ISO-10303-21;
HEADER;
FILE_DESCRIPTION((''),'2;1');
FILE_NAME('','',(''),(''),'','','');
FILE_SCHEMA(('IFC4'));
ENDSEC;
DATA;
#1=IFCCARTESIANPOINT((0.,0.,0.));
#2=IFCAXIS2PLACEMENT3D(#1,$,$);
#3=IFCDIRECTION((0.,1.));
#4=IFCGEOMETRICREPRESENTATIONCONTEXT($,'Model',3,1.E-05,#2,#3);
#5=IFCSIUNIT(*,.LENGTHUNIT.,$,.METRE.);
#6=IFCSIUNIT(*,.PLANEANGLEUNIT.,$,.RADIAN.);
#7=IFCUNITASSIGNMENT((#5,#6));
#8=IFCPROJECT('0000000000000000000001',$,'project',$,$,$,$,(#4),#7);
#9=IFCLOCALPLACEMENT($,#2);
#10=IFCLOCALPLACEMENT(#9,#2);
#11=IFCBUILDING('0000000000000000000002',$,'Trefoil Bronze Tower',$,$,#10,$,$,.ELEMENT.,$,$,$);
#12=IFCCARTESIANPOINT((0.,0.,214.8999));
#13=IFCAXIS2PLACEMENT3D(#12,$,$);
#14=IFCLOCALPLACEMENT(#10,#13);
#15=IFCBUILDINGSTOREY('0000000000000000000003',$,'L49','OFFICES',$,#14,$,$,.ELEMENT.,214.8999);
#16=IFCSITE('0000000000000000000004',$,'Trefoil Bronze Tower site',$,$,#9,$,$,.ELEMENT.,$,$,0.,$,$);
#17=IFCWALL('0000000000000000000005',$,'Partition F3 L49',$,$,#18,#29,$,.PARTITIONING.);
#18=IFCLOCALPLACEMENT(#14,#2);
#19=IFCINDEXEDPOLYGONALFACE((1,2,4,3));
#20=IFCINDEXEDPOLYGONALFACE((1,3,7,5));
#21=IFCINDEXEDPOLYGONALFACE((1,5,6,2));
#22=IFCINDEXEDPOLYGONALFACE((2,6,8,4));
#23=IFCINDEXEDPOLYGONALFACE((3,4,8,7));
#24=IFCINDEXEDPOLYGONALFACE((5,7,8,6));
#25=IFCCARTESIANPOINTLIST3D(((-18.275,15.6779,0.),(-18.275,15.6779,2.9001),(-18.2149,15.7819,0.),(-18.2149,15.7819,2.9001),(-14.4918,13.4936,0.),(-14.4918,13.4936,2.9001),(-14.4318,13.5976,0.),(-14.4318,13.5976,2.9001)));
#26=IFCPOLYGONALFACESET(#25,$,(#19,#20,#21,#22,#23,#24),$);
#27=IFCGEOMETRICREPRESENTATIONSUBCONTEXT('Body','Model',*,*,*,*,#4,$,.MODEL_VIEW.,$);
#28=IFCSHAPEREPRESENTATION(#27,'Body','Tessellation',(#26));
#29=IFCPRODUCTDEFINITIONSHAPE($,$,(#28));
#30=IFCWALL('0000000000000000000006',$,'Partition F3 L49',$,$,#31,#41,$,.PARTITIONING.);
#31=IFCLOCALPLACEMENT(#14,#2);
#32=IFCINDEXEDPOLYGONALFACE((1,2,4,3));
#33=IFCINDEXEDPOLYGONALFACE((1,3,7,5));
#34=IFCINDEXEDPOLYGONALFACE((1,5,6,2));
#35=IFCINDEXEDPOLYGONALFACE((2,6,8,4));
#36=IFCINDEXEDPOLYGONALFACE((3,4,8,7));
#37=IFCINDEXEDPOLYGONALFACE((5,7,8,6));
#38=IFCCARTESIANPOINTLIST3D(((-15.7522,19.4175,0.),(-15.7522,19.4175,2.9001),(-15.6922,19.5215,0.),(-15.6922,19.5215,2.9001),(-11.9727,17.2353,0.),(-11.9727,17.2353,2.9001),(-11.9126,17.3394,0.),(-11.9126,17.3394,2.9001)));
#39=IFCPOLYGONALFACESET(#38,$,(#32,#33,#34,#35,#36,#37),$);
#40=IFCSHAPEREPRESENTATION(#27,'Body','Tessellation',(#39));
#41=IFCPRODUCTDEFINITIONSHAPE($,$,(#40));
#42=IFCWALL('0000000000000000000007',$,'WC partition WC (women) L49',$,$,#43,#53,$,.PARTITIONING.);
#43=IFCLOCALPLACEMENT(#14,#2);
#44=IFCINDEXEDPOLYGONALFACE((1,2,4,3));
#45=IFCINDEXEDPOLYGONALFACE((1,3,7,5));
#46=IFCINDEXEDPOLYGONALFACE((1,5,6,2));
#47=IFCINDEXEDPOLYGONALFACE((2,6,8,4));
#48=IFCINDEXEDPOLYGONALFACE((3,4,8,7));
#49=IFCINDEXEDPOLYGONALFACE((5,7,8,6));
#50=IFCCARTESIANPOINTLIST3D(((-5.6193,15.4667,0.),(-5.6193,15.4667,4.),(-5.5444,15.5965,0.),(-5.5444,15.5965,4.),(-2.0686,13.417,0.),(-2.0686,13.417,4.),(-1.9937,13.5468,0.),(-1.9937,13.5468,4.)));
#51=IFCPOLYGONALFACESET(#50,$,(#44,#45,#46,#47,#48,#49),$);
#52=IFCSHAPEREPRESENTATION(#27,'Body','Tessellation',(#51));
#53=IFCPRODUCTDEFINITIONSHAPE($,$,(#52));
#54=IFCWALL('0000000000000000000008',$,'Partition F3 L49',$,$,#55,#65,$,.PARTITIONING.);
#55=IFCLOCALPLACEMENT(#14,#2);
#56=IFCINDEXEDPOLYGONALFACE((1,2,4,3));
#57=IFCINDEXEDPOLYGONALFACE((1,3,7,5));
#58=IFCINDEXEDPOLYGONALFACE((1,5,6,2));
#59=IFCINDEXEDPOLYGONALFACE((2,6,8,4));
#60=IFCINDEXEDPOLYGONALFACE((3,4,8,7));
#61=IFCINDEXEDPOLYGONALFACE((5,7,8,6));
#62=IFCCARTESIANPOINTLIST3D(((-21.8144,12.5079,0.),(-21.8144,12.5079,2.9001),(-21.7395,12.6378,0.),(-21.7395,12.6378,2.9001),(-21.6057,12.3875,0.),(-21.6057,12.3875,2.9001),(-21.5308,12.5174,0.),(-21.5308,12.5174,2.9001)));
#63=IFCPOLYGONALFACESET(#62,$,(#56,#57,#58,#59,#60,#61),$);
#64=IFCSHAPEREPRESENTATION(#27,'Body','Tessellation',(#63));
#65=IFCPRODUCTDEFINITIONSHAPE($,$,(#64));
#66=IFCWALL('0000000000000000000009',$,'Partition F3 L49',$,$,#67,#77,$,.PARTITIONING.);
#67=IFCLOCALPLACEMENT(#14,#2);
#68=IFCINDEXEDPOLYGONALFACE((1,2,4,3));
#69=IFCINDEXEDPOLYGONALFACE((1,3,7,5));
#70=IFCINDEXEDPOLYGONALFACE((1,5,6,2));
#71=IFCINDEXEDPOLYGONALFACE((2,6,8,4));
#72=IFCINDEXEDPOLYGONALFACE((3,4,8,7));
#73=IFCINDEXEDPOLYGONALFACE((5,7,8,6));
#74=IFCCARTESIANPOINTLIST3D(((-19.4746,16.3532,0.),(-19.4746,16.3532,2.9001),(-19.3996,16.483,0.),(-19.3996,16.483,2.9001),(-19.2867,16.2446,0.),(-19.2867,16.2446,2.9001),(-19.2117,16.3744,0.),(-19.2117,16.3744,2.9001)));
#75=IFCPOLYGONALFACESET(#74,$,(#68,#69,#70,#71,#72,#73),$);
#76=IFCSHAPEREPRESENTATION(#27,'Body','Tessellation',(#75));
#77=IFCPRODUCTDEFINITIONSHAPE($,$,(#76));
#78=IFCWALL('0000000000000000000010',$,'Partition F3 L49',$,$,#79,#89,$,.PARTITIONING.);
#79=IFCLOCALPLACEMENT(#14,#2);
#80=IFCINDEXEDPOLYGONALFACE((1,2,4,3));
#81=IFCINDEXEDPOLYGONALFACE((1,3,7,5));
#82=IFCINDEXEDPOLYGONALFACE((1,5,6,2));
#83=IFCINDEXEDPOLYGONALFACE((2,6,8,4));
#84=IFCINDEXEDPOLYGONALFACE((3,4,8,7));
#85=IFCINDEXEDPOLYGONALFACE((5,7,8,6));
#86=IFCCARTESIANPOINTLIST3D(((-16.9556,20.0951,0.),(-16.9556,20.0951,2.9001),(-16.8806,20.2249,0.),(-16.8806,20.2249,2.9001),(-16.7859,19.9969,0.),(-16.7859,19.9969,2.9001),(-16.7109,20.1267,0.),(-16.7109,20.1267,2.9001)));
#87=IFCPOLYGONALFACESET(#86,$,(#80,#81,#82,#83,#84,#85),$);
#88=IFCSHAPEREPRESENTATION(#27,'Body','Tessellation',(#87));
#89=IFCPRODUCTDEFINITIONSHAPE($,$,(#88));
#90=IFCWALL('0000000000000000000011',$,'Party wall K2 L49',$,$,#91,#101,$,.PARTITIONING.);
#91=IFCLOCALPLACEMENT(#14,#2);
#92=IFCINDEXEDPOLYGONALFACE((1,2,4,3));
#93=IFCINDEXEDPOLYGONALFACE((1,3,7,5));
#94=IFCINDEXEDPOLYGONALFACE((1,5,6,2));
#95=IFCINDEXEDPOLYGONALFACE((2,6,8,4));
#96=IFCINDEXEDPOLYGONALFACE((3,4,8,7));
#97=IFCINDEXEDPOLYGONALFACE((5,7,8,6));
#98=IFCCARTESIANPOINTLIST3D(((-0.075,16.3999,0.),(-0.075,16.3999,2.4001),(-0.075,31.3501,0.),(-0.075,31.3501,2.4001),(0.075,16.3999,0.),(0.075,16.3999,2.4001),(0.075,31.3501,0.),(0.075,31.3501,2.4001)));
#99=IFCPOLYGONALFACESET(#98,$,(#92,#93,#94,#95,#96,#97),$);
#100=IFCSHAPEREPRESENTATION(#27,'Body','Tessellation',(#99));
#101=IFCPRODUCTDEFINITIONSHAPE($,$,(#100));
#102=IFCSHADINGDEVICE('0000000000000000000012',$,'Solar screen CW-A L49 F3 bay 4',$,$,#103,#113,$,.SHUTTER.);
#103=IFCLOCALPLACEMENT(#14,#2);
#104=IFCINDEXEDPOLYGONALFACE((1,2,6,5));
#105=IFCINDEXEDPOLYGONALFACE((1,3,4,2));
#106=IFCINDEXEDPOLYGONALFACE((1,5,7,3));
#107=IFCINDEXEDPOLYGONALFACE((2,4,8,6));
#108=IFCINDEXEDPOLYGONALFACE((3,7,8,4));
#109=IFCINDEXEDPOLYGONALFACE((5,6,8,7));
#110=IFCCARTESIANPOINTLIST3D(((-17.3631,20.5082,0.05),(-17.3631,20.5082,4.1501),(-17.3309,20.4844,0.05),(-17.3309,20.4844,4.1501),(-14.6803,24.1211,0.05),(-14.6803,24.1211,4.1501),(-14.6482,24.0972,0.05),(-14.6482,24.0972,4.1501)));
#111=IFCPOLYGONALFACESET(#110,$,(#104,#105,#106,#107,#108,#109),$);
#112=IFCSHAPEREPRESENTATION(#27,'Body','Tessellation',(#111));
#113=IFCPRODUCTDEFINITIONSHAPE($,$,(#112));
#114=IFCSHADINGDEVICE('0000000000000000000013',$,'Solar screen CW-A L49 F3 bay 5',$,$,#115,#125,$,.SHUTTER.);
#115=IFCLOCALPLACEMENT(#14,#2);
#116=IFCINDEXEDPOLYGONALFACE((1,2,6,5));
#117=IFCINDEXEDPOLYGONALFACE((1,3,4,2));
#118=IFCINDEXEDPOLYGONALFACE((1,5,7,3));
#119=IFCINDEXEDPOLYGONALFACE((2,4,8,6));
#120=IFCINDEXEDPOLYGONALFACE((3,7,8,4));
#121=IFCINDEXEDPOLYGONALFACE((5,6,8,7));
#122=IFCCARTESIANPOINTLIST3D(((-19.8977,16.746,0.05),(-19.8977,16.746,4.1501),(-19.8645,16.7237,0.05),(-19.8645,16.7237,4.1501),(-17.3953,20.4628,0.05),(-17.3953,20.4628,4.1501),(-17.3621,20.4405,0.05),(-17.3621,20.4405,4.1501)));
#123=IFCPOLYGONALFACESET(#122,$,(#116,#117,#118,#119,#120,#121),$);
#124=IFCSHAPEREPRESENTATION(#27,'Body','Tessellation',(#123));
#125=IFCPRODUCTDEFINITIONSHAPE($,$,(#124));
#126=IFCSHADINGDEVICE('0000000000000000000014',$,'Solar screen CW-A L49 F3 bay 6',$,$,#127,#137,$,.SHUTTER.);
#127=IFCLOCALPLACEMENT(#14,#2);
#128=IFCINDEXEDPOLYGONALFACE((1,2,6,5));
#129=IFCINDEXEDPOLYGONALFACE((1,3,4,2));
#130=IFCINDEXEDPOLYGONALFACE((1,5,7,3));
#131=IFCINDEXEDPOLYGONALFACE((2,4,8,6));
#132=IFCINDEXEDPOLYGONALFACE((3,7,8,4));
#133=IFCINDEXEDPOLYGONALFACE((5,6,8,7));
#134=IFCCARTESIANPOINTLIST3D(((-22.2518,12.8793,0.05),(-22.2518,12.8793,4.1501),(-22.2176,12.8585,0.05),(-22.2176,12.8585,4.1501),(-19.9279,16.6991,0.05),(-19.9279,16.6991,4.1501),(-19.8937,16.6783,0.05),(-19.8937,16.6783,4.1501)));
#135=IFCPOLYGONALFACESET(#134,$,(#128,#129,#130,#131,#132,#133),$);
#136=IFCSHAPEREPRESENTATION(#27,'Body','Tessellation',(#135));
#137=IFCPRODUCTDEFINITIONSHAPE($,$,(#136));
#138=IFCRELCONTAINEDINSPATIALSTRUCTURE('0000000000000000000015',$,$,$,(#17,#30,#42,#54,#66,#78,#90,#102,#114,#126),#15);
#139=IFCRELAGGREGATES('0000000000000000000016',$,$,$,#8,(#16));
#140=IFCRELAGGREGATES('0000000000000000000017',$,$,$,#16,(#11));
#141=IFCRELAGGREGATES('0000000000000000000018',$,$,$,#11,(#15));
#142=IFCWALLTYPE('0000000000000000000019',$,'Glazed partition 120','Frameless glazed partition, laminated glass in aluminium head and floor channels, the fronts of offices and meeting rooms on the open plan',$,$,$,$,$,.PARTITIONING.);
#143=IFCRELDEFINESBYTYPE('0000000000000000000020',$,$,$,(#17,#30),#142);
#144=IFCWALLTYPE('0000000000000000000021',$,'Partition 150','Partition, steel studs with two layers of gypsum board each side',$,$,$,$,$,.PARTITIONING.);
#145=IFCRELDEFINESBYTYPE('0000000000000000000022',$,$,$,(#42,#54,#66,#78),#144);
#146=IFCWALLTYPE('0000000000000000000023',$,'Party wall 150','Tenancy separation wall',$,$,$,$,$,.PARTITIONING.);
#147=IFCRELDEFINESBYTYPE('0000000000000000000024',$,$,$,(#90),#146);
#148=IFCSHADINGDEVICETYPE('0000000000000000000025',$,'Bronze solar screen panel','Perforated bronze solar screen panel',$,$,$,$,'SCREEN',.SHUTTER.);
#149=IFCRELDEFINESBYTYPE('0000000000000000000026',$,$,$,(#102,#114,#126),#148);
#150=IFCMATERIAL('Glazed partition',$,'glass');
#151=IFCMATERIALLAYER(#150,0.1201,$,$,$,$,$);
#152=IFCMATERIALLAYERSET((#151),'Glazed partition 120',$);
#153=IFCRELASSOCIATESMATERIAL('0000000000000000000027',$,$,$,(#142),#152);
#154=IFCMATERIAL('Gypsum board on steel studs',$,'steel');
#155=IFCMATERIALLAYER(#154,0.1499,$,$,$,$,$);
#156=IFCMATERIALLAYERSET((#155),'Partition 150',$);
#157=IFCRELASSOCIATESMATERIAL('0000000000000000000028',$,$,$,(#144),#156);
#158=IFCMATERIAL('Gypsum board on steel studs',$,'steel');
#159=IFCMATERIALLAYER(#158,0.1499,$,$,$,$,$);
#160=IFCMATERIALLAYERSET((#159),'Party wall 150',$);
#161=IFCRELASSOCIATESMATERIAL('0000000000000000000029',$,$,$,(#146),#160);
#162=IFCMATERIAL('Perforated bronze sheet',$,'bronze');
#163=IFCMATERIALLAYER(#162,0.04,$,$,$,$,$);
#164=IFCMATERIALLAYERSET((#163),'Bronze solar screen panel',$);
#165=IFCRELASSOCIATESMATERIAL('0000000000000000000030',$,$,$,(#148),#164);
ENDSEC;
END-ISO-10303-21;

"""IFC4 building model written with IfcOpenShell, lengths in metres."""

from ifc_helpers import new_model, si_unit, direction, frame, frame_2d, origin, origin_2d, place, context, subcontext, project, spatial, rectangle, extrude, material, layer, layer_set, type_object, element, save


model = new_model("IFC4")

# Units and contexts
model_context = context("Model", 3, precision=1e-05, world=origin(), true_north=direction((0.0, 1.0)))
body_context = subcontext(model_context, "Body", "Model", "MODEL_VIEW")
ifc_project = project(units=[si_unit("LENGTHUNIT", "METRE"), si_unit("PLANEANGLEUNIT", "RADIAN")], contexts=[model_context])

# Site, building, storey
site_placement = place(None, origin())
site = spatial("IfcSite", under=ifc_project, at=site_placement, Name="Trefoil Bronze Tower site", CompositionType="ELEMENT", RefElevation=0.0)
building_placement = place(site_placement, origin())
building = spatial("IfcBuilding", under=site, at=building_placement, Name="Trefoil Bronze Tower", CompositionType="ELEMENT")
storey_placement = place(building_placement, frame((0.0, 0.0, 214.8999)))
storey = spatial("IfcBuildingStorey", under=building, at=storey_placement, Name="L49", Description="OFFICES", CompositionType="ELEMENT", Elevation=214.8999)

# Shared definitions
ifc_material_1 = material(Name="Glazed partition", Category="glass")
ifc_layer_1 = layer(ifc_material_1, 0.1201)
ifc_layer_set_1 = layer_set([ifc_layer_1], Name="Glazed partition 120")
wall_type_1 = type_object("IfcWallType", Name="Glazed partition 120", Description="Frameless glazed partition, laminated glass in aluminium head and floor channels, the fronts of offices and meeting rooms on the open plan", PredefinedType="PARTITIONING", material=ifc_layer_set_1)

# Walls
wall_1_placement = place(storey_placement, frame((-14.4619, 13.5457, 0.0), z_axis=(0.0, 0.0, 1.0), x_axis=(-0.866016, 0.500016, 0.0)))
element("IfcWall", 1, at=wall_1_placement, inside=storey, type_object=wall_type_1, Name="Partition F3 L49", PredefinedType="PARTITIONING", context=body_context, shape_type="SweptSolid", body=[
    extrude(rectangle(XDim=4.3684, YDim=0.1201, at=frame_2d((2.1841, 0.0))), origin(), (0.0, 0.0, 1.0), 2.9001),
])
wall_2_placement = place(storey_placement, frame((-11.9426, 17.2874, 0.0), z_axis=(0.0, 0.0, 1.0), x_axis=(-0.866024, 0.500002, 0.0)))
element("IfcWall", 2, at=wall_2_placement, inside=storey, type_object=wall_type_1, Name="Partition F3 L49", PredefinedType="PARTITIONING", context=body_context, shape_type="SweptSolid", body=[
    extrude(rectangle(XDim=4.3643, YDim=0.1201, at=frame_2d((2.1821, 0.0))), origin(), (0.0, 0.0, 1.0), 2.9001),
])
ifc_material_2 = material(Name="Gypsum board on steel studs", Category="steel")
ifc_layer_2 = layer(ifc_material_2, 0.1499)
ifc_layer_set_2 = layer_set([ifc_layer_2], Name="Partition 150")
wall_type_2 = type_object("IfcWallType", Name="Partition 150", Description="Partition, steel studs with two layers of gypsum board each side", PredefinedType="PARTITIONING", material=ifc_layer_set_2)
wall_3_placement = place(storey_placement, frame((-2.0312, 13.4819, 0.0), z_axis=(0.0, 0.0, 1.0), x_axis=(-0.866051, 0.499956, 0.0)))
element("IfcWall", 3, at=wall_3_placement, inside=storey, type_object=wall_type_2, Name="WC partition WC (women) L49", PredefinedType="PARTITIONING", context=body_context, shape_type="SweptSolid", body=[
    extrude(rectangle(XDim=4.0999, YDim=0.1499, at=frame_2d((2.0498, 0.0))), origin(), (0.0, 0.0, 1.0), 4.0),
])
wall_4_placement = place(storey_placement, frame((-21.5681, 12.4524, 0.0), z_axis=(0.0, 0.0, 1.0), x_axis=(-0.866304, 0.499518, 0.0)))
element("IfcWall", 4, at=wall_4_placement, inside=storey, type_object=wall_type_2, Name="Partition F3 L49", PredefinedType="PARTITIONING", context=body_context, shape_type="SweptSolid", body=[
    extrude(rectangle(XDim=0.241, YDim=0.1499, at=frame_2d((0.1206, 0.0))), origin(), (0.0, 0.0, 1.0), 2.9001),
])
wall_5_placement = place(storey_placement, frame((-19.2493, 16.3096, 0.0), z_axis=(0.0, 0.0, 1.0), x_axis=(-0.865811, 0.500371, 0.0)))
element("IfcWall", 5, at=wall_5_placement, inside=storey, type_object=wall_type_2, Name="Partition F3 L49", PredefinedType="PARTITIONING", context=body_context, shape_type="SweptSolid", body=[
    extrude(rectangle(XDim=0.217, YDim=0.1499, at=frame_2d((0.1084, 0.0))), origin(), (0.0, 0.0, 1.0), 2.9001),
])
wall_6_placement = place(storey_placement, frame((-16.7483, 20.0618, 0.0), z_axis=(0.0, 0.0, 1.0), x_axis=(-0.865625, 0.500693, 0.0)))
element("IfcWall", 6, at=wall_6_placement, inside=storey, type_object=wall_type_2, Name="Partition F3 L49", PredefinedType="PARTITIONING", context=body_context, shape_type="SweptSolid", body=[
    extrude(rectangle(XDim=0.196, YDim=0.1499, at=frame_2d((0.0981, 0.0))), origin(), (0.0, 0.0, 1.0), 2.9001),
])
ifc_material_3 = material(Name="Gypsum board on steel studs", Category="steel")
ifc_layer_3 = layer(ifc_material_3, 0.1499)
ifc_layer_set_3 = layer_set([ifc_layer_3], Name="Party wall 150")
wall_type_3 = type_object("IfcWallType", Name="Party wall 150", Description="Tenancy separation wall", PredefinedType="PARTITIONING", material=ifc_layer_set_3)
wall_7_placement = place(storey_placement, frame((0.0, 16.3999, 0.0), z_axis=(0.0, 0.0, 1.0), x_axis=(0.0, 1.0, 0.0)))
element("IfcWall", 7, at=wall_7_placement, inside=storey, type_object=wall_type_3, Name="Party wall K2 L49", PredefinedType="PARTITIONING", context=body_context, shape_type="SweptSolid", body=[
    extrude(rectangle(XDim=14.9502, YDim=0.1499, at=frame_2d((7.4751, 0.0))), origin(), (0.0, 0.0, 1.0), 2.4001),
])

# Shading devices
ifc_material_4 = material(Name="Perforated bronze sheet", Category="bronze")
ifc_layer_4 = layer(ifc_material_4, 0.04)
ifc_layer_set_4 = layer_set([ifc_layer_4], Name="Bronze solar screen panel")
shading_device_type = type_object("IfcShadingDeviceType", Name="Bronze solar screen panel", Description="Perforated bronze solar screen panel", ElementType="SCREEN", PredefinedType="SHUTTER", material=ifc_layer_set_4)
shading_device_1_placement = place(storey_placement, frame((-16.0056, 22.3027, 0.05), z_axis=(0.0, 0.0, 1.0), x_axis=(-0.596162, -0.802865, 0.0)))
element("IfcShadingDevice", 8, at=shading_device_1_placement, inside=storey, type_object=shading_device_type, Name="Solar screen CW-A L49 F3 bay 4", PredefinedType="SHUTTER", context=body_context, shape_type="SweptSolid", body=[
    extrude(rectangle(XDim=4.5, YDim=0.04, at=origin_2d()), origin(), (0.0, 0.0, 1.0), 4.1001),
])
shading_device_2_placement = place(storey_placement, frame((-18.6299, 18.5933, 0.05), z_axis=(0.0, 0.0, 1.0), x_axis=(-0.558493, -0.829509, 0.0)))
element("IfcShadingDevice", 9, at=shading_device_2_placement, inside=storey, type_object=shading_device_type, Name="Solar screen CW-A L49 F3 bay 5", PredefinedType="SHUTTER", context=body_context, shape_type="SweptSolid", body=[
    extrude(rectangle(XDim=4.4807, YDim=0.04, at=origin_2d()), origin(), (0.0, 0.0, 1.0), 4.1001),
])
shading_device_3_placement = place(storey_placement, frame((-21.0728, 14.7788, 0.05), z_axis=(0.0, 0.0, 1.0), x_axis=(-0.519762, -0.854311, 0.0)))
element("IfcShadingDevice", 10, at=shading_device_3_placement, inside=storey, type_object=shading_device_type, Name="Solar screen CW-A L49 F3 bay 6", PredefinedType="SHUTTER", context=body_context, shape_type="SweptSolid", body=[
    extrude(rectangle(XDim=4.4712, YDim=0.04, at=origin_2d()), origin(), (0.0, 0.0, 1.0), 4.1001),
])

save(model, "model.ifc")
